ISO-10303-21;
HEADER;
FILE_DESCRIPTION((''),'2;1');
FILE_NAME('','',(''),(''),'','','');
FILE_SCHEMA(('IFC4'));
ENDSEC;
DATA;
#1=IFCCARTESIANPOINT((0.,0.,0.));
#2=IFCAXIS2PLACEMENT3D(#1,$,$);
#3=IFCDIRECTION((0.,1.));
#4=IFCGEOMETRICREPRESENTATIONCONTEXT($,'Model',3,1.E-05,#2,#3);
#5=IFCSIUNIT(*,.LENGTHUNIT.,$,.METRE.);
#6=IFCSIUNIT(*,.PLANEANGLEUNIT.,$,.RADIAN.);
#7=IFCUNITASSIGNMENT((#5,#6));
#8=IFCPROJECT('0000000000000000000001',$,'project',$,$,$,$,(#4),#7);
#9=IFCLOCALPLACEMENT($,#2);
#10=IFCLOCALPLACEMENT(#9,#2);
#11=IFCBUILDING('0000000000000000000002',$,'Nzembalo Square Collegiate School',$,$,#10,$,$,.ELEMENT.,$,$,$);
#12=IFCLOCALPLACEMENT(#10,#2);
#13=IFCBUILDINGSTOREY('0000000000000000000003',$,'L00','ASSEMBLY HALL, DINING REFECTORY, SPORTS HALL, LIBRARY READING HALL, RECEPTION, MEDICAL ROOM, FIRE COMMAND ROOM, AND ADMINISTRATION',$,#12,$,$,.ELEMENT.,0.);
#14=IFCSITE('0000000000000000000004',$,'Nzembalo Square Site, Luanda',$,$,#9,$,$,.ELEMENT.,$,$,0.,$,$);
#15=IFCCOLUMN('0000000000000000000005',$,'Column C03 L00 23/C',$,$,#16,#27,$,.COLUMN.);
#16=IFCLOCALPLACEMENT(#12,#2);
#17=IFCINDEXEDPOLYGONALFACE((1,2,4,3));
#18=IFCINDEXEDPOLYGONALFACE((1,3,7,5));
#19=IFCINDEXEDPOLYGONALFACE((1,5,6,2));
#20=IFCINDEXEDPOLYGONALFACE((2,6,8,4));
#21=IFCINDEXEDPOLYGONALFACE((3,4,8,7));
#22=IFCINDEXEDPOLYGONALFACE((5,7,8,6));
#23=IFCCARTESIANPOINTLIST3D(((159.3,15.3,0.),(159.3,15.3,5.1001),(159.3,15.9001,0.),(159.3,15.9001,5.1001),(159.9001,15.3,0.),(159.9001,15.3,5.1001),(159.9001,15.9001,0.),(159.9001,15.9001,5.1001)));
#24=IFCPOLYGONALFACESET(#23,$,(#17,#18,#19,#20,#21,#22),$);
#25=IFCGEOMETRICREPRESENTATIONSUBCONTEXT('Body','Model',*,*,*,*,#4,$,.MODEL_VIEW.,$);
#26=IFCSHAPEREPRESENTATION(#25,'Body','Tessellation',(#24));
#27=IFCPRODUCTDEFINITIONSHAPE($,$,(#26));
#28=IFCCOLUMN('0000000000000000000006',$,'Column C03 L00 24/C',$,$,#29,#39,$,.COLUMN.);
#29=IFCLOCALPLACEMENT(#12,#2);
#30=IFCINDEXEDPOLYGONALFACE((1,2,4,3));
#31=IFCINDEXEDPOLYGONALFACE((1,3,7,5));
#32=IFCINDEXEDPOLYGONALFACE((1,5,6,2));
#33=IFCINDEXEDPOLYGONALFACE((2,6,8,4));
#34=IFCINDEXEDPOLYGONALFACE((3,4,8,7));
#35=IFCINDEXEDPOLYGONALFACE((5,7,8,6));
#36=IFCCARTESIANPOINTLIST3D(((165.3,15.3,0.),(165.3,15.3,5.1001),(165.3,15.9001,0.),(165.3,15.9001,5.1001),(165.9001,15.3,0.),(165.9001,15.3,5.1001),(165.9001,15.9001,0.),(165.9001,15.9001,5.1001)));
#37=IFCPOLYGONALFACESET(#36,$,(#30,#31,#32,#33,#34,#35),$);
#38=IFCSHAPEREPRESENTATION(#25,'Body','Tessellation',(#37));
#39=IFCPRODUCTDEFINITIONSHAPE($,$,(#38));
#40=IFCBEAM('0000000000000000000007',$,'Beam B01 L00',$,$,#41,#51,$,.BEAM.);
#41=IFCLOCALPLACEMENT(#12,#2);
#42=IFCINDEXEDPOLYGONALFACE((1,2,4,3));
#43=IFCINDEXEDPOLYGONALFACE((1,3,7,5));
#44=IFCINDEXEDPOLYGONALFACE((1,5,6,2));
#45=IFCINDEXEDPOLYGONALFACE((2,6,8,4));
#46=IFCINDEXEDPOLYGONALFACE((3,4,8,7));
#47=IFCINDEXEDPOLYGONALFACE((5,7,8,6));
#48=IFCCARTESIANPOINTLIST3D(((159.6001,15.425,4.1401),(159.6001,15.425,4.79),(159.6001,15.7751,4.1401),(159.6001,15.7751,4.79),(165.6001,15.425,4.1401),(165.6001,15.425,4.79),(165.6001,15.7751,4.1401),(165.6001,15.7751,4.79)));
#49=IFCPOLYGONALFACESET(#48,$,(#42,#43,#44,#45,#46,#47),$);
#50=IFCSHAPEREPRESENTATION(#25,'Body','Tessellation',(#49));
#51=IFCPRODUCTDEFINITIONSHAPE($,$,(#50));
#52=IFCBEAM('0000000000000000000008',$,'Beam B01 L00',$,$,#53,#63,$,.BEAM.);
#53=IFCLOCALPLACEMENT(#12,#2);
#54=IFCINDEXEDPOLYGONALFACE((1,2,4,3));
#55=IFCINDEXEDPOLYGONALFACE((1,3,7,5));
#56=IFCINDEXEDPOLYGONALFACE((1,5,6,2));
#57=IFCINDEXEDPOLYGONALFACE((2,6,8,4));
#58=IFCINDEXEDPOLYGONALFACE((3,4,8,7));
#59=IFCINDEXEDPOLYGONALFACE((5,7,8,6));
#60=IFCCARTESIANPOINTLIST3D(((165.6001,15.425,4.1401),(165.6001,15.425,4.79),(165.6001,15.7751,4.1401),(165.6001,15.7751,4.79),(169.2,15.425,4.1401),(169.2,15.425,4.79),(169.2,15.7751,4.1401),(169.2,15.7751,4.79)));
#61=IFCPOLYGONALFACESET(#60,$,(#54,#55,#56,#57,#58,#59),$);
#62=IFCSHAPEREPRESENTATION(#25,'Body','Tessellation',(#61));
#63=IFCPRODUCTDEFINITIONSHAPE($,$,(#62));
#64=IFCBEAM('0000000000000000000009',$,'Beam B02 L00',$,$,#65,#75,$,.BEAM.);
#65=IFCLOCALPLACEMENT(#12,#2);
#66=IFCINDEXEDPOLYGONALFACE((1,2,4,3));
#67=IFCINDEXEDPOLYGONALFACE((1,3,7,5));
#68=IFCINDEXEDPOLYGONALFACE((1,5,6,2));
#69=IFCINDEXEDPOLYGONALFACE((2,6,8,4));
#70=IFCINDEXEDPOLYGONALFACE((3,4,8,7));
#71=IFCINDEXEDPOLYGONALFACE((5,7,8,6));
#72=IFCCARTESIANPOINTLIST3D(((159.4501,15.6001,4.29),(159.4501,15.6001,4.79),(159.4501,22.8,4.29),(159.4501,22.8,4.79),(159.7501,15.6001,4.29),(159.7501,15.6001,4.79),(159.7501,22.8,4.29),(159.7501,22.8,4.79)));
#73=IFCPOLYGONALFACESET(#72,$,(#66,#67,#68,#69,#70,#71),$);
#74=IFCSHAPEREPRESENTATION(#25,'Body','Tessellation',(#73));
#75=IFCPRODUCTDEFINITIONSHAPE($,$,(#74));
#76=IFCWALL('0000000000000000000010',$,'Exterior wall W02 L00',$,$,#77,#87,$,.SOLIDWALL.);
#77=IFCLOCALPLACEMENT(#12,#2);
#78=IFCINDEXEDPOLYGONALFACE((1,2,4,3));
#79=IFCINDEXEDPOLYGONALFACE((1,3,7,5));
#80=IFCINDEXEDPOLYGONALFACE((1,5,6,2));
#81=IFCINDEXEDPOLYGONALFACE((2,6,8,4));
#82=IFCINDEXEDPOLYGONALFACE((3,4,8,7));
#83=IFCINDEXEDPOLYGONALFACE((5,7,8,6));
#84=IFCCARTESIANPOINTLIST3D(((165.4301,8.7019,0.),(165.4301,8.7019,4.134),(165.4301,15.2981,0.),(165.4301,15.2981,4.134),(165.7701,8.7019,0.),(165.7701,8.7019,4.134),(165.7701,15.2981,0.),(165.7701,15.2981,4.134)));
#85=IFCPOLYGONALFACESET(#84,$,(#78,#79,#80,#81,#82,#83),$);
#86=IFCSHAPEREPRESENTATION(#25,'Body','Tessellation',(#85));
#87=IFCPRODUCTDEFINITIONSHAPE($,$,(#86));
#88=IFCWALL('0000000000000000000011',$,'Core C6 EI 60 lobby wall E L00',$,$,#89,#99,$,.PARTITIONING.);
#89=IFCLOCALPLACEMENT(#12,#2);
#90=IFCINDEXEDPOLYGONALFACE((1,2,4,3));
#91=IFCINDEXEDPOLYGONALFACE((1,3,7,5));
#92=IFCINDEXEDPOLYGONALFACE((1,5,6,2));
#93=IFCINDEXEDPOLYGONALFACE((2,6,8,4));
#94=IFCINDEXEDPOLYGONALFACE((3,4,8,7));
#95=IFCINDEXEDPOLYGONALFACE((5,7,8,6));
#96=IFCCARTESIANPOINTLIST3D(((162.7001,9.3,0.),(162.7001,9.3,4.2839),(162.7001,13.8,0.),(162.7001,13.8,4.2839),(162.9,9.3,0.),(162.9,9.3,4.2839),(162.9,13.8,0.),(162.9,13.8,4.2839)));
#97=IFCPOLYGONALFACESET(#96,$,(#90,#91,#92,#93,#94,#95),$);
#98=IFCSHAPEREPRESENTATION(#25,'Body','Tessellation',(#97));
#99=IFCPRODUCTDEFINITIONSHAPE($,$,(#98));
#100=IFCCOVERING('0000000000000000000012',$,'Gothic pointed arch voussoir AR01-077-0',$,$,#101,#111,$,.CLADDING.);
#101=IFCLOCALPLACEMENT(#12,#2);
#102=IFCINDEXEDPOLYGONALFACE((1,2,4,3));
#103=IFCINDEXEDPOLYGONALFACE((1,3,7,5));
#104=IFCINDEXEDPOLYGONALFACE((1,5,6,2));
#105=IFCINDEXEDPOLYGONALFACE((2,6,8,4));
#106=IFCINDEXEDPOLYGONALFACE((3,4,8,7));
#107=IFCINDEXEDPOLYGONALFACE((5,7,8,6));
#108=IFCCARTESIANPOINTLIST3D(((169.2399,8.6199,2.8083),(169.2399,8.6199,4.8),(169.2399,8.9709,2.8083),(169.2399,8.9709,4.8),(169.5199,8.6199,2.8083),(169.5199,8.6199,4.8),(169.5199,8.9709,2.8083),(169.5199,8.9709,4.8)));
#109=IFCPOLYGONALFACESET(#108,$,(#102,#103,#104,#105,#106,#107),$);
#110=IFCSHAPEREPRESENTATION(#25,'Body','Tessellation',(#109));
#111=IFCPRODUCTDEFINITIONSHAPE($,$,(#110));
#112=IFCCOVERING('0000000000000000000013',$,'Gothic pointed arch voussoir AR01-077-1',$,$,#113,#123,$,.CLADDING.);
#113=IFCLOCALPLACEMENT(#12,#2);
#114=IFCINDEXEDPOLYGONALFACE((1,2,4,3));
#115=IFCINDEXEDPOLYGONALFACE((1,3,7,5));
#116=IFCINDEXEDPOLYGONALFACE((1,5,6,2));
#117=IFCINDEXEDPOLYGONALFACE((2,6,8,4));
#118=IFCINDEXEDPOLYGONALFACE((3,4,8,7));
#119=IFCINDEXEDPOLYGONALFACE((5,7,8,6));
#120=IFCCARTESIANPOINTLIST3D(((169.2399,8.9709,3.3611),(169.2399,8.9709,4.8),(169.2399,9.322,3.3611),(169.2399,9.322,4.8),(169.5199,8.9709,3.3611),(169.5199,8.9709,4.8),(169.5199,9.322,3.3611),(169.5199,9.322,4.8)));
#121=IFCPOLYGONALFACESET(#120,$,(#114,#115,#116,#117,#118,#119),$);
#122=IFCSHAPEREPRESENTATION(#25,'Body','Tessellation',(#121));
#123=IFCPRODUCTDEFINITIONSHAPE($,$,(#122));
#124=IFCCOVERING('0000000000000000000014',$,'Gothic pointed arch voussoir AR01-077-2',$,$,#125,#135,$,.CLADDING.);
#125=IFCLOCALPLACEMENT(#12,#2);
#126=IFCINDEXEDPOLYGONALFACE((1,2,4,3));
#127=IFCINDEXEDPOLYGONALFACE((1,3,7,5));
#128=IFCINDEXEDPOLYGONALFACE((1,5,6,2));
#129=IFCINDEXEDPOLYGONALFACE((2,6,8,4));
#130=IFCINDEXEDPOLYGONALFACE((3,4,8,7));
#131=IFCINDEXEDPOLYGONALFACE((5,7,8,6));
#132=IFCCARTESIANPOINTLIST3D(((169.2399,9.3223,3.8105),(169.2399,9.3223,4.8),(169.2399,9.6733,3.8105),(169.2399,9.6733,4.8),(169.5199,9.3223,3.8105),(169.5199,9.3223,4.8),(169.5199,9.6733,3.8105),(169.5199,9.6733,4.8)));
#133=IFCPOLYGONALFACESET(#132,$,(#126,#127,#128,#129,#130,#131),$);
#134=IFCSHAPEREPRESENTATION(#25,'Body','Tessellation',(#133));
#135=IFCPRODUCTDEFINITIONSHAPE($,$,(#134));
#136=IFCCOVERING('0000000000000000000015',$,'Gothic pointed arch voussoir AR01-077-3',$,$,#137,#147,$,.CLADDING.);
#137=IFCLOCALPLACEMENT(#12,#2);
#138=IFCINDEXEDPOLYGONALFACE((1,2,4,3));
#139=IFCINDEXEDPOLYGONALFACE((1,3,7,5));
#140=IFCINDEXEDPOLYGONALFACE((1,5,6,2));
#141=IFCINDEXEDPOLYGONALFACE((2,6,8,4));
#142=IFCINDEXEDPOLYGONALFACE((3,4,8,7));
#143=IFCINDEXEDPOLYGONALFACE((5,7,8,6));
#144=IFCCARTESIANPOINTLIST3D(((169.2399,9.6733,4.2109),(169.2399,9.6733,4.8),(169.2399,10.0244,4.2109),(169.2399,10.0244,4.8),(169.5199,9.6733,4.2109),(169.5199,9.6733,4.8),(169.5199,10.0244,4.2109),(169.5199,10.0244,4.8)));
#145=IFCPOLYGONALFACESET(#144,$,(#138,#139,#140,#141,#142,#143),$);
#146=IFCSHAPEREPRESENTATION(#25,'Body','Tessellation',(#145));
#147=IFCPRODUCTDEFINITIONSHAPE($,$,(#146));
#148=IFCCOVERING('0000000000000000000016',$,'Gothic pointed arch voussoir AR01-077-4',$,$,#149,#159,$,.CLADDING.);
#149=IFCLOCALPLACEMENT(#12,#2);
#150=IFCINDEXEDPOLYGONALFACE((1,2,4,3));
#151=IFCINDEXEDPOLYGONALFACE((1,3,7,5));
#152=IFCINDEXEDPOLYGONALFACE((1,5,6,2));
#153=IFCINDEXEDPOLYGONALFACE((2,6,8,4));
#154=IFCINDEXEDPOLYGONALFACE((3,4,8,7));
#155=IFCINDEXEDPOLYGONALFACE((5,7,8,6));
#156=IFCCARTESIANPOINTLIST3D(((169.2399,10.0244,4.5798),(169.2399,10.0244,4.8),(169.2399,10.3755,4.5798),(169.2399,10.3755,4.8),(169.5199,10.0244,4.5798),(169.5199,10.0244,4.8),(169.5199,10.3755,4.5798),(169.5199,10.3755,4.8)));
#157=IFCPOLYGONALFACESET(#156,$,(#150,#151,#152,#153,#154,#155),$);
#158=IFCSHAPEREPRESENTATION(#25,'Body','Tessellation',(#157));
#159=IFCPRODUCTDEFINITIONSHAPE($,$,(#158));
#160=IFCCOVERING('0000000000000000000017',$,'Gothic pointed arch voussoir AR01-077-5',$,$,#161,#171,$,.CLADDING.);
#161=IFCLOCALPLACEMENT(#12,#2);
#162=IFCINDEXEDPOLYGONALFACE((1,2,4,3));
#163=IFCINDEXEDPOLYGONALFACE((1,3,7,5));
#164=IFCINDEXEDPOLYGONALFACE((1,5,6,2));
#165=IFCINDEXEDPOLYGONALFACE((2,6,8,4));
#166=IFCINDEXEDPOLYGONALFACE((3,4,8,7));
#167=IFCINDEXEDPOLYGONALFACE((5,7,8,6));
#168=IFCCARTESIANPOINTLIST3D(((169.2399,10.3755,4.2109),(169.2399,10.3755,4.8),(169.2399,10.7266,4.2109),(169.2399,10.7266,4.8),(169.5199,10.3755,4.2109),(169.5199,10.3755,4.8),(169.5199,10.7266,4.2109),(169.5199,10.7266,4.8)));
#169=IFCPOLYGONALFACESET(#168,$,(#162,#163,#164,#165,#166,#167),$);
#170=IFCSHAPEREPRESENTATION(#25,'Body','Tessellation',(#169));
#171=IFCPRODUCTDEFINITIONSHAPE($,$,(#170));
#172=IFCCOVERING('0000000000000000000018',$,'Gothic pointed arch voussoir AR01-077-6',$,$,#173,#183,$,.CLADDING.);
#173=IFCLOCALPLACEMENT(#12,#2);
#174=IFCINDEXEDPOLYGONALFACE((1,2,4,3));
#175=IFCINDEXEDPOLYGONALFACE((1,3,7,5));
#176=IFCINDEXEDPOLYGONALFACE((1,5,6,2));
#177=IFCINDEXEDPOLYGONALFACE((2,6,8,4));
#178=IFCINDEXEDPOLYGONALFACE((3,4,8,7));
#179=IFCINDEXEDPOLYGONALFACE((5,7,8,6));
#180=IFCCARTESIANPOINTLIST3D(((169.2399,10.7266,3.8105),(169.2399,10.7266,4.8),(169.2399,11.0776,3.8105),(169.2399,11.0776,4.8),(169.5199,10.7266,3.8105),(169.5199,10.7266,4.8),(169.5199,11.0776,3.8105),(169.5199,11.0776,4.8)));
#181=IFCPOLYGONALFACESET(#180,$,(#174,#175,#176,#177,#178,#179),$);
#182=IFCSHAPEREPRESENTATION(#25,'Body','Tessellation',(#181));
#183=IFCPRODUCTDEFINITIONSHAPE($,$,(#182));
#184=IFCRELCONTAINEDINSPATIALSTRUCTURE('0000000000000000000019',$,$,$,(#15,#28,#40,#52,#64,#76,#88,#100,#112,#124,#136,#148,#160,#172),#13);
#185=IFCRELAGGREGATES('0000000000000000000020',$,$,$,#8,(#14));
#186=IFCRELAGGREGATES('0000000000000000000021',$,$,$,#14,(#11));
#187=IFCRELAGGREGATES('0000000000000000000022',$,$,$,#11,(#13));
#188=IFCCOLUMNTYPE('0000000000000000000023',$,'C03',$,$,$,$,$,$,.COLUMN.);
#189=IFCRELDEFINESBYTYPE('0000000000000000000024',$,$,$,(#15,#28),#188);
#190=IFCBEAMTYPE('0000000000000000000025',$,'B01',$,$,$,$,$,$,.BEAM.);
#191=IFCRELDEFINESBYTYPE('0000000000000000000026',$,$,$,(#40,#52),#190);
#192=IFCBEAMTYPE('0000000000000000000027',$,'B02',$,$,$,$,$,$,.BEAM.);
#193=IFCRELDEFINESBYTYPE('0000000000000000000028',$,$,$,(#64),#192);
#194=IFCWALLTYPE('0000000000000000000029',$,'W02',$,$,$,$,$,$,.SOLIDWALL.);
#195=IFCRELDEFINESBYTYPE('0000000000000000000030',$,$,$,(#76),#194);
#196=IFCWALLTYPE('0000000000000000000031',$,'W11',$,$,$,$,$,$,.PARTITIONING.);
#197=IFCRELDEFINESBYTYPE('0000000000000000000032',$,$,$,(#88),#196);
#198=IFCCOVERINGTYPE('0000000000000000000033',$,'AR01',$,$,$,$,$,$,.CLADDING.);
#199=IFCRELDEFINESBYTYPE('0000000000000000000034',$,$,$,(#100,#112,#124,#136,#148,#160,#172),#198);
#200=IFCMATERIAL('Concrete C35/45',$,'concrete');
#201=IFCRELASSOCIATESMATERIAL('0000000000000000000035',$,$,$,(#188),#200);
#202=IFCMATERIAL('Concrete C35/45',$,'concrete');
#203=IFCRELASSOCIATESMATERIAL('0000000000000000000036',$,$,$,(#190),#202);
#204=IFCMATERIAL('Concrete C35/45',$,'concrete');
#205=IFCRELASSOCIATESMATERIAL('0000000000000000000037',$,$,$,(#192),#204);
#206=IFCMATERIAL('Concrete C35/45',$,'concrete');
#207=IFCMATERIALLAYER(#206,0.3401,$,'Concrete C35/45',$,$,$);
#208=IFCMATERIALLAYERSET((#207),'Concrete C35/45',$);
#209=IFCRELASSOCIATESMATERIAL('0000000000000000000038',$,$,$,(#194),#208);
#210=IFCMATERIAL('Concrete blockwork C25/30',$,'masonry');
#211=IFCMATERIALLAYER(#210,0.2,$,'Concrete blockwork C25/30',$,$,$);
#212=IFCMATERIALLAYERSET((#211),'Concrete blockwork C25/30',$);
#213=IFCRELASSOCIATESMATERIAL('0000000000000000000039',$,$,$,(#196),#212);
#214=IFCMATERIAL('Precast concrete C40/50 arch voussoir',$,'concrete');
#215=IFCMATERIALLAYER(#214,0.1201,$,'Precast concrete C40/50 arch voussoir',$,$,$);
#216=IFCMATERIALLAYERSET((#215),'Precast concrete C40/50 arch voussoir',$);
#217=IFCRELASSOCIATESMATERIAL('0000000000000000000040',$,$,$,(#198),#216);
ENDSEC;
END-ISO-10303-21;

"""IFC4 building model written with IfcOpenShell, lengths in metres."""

from ifc_helpers import new_model, si_unit, direction, frame, frame_2d, origin, origin_2d, place, context, subcontext, project, spatial, rectangle, extrude, material, layer, layer_set, material_profile, profile_set, type_object, element, save


model = new_model("IFC4")

# Units and contexts
model_context = context("Model", 3, precision=1e-05, world=origin(), true_north=direction((0.0, 1.0)))
body_context = subcontext(model_context, "Body", "Model", "MODEL_VIEW")
ifc_project = project(units=[si_unit("LENGTHUNIT", "METRE"), si_unit("PLANEANGLEUNIT", "RADIAN")], contexts=[model_context])

# Site, building, storey
site_placement = place(None, origin())
site = spatial("IfcSite", under=ifc_project, at=site_placement, Name="Nzembalo Square Site, Luanda", CompositionType="ELEMENT", RefElevation=0.0)
building_placement = place(site_placement, origin())
building = spatial("IfcBuilding", under=site, at=building_placement, Name="Nzembalo Square Collegiate School", CompositionType="ELEMENT")
storey_placement = place(building_placement, origin())
storey = spatial("IfcBuildingStorey", under=building, at=storey_placement, Name="L00", Description="ASSEMBLY HALL, DINING REFECTORY, SPORTS HALL, LIBRARY READING HALL, RECEPTION, MEDICAL ROOM, FIRE COMMAND ROOM, AND ADMINISTRATION", CompositionType="ELEMENT", Elevation=0.0)

# Columns
ifc_material_1 = material(Name="Concrete C35/45", Category="concrete")
ifc_material_profile_1 = material_profile(ifc_material_1, rectangle(XDim=0.6001, YDim=0.6001, at=origin_2d()), Name="RC 600x600")
ifc_profile_set_1 = profile_set([ifc_material_profile_1], Name="Concrete C35/45")
column_type = type_object("IfcColumnType", Name="C03", PredefinedType="COLUMN", material=ifc_profile_set_1)
for number, where, z_axis, x_axis, name in (
    (1, (159.6001, 15.6001, 0.0), (0.0, 0.0, 1.0), (1.0, 0.0, 0.0), "Column C03 L00 23/C"),
    (2, (165.6001, 15.6001, 0.0), (0.0, 0.0, 1.0), (1.0, 0.0, 0.0), "Column C03 L00 24/C"),
):
    element("IfcColumn", number, at=place(storey_placement, frame(where, z_axis=z_axis, x_axis=x_axis)), inside=storey, type_object=column_type, Name=name, PredefinedType="COLUMN", context=body_context, shape_type="SweptSolid", body=[
        extrude(rectangle(XDim=0.6001, YDim=0.6001, at=origin_2d()), origin(), (0.0, 0.0, 1.0), 5.1001),
    ])

# Beams
ifc_material_2 = material(Name="Concrete C35/45", Category="concrete")
ifc_material_profile_2 = material_profile(ifc_material_2, rectangle(XDim=0.3501, YDim=0.6499, at=origin_2d()), Name="RC 350x650")
ifc_profile_set_2 = profile_set([ifc_material_profile_2], Name="Concrete C35/45")
beam_type_1 = type_object("IfcBeamType", Name="B01", PredefinedType="BEAM", material=ifc_profile_set_2)
beam_1_placement = place(storey_placement, frame((159.6001, 15.6001, 4.4651), z_axis=(1.0, 0.0, 0.0), x_axis=(0.0, 1.0, 0.0)))
element("IfcBeam", 3, at=beam_1_placement, inside=storey, type_object=beam_type_1, Name="Beam B01 L00", PredefinedType="BEAM", context=body_context, shape_type="SweptSolid", body=[
    extrude(rectangle(XDim=0.3501, YDim=0.6499, at=origin_2d()), origin(), (0.0, 0.0, 1.0), 6.0),
])
beam_2_placement = place(storey_placement, frame((165.6001, 15.6001, 4.4651), z_axis=(1.0, 0.0, 0.0), x_axis=(0.0, 1.0, 0.0)))
element("IfcBeam", 4, at=beam_2_placement, inside=storey, type_object=beam_type_1, Name="Beam B01 L00", PredefinedType="BEAM", context=body_context, shape_type="SweptSolid", body=[
    extrude(rectangle(XDim=0.3501, YDim=0.6499, at=origin_2d()), origin(), (0.0, 0.0, 1.0), 3.5999),
])
ifc_material_3 = material(Name="Concrete C35/45", Category="concrete")
ifc_material_profile_3 = material_profile(ifc_material_3, rectangle(XDim=0.3, YDim=0.5, at=origin_2d()), Name="RC 300x500")
ifc_profile_set_3 = profile_set([ifc_material_profile_3], Name="Concrete C35/45")
beam_type_2 = type_object("IfcBeamType", Name="B02", PredefinedType="BEAM", material=ifc_profile_set_3)
beam_3_placement = place(storey_placement, frame((159.6001, 15.6001, 4.54), z_axis=(0.0, 1.0, 0.0), x_axis=(-1.0, 0.0, 0.0)))
element("IfcBeam", 5, at=beam_3_placement, inside=storey, type_object=beam_type_2, Name="Beam B02 L00", PredefinedType="BEAM", context=body_context, shape_type="SweptSolid", body=[
    extrude(rectangle(XDim=0.3, YDim=0.5, at=origin_2d()), origin(), (0.0, 0.0, 1.0), 7.2),
])

# Walls
ifc_material_4 = material(Name="Concrete C35/45", Category="concrete")
ifc_layer_1 = layer(ifc_material_4, 0.3401, Name="Concrete C35/45")
ifc_layer_set_1 = layer_set([ifc_layer_1], Name="Concrete C35/45")
wall_type_1 = type_object("IfcWallType", Name="W02", PredefinedType="SOLIDWALL", material=ifc_layer_set_1)
wall_1_placement = place(storey_placement, frame((165.6001, 8.7019, 0.0), z_axis=(0.0, 0.0, 1.0), x_axis=(0.0, 1.0, 0.0)))
element("IfcWall", 6, at=wall_1_placement, inside=storey, type_object=wall_type_1, Name="Exterior wall W02 L00", PredefinedType="SOLIDWALL", context=body_context, shape_type="SweptSolid", body=[
    extrude(rectangle(XDim=6.5962, YDim=0.3401, at=frame_2d((3.2981, 0.0))), origin(), (0.0, 0.0, 1.0), 4.134),
])
ifc_material_5 = material(Name="Concrete blockwork C25/30", Category="masonry")
ifc_layer_2 = layer(ifc_material_5, 0.2, Name="Concrete blockwork C25/30")
ifc_layer_set_2 = layer_set([ifc_layer_2], Name="Concrete blockwork C25/30")
wall_type_2 = type_object("IfcWallType", Name="W11", PredefinedType="PARTITIONING", material=ifc_layer_set_2)
wall_2_placement = place(storey_placement, frame((162.8, 9.3, 0.0), z_axis=(0.0, 0.0, 1.0), x_axis=(0.0, 1.0, 0.0)))
element("IfcWall", 7, at=wall_2_placement, inside=storey, type_object=wall_type_2, Name="Core C6 EI 60 lobby wall E L00", PredefinedType="PARTITIONING", context=body_context, shape_type="SweptSolid", body=[
    extrude(rectangle(XDim=4.5, YDim=0.2, at=frame_2d((2.25, 0.0))), origin(), (0.0, 0.0, 1.0), 4.2839),
])

# Coverings
ifc_material_6 = material(Name="Precast concrete C40/50 arch voussoir", Category="concrete")
ifc_layer_3 = layer(ifc_material_6, 0.1201, Name="Precast concrete C40/50 arch voussoir")
ifc_layer_set_3 = layer_set([ifc_layer_3], Name="Precast concrete C40/50 arch voussoir")
covering_type = type_object("IfcCoveringType", Name="AR01", PredefinedType="CLADDING", material=ifc_layer_set_3)
covering_1_placement = place(storey_placement, frame((169.3799, 8.7954, 2.8083), z_axis=(0.0, 0.0, 1.0), x_axis=(1.0, 0.0, 0.0)))
element("IfcCovering", 8, at=covering_1_placement, inside=storey, type_object=covering_type, Name="Gothic pointed arch voussoir AR01-077-0", PredefinedType="CLADDING", context=body_context, shape_type="SweptSolid", body=[
    extrude(rectangle(XDim=0.28, YDim=0.3511, at=origin_2d()), origin(), (0.0, 0.0, 1.0), 1.9917),
])
covering_2_placement = place(storey_placement, frame((169.3799, 9.1465, 3.3611), z_axis=(0.0, 0.0, 1.0), x_axis=(1.0, 0.0, 0.0)))
element("IfcCovering", 9, at=covering_2_placement, inside=storey, type_object=covering_type, Name="Gothic pointed arch voussoir AR01-077-1", PredefinedType="CLADDING", context=body_context, shape_type="SweptSolid", body=[
    extrude(rectangle(XDim=0.28, YDim=0.3511, at=origin_2d()), origin(), (0.0, 0.0, 1.0), 1.439),
])
covering_3_placement = place(storey_placement, frame((169.3799, 9.4978, 3.8105), z_axis=(0.0, 0.0, 1.0), x_axis=(1.0, 0.0, 0.0)))
element("IfcCovering", 10, at=covering_3_placement, inside=storey, type_object=covering_type, Name="Gothic pointed arch voussoir AR01-077-2", PredefinedType="CLADDING", context=body_context, shape_type="SweptSolid", body=[
    extrude(rectangle(XDim=0.28, YDim=0.3511, at=origin_2d()), origin(), (0.0, 0.0, 1.0), 0.9895),
])
covering_4_placement = place(storey_placement, frame((169.3799, 9.8489, 4.2109), z_axis=(0.0, 0.0, 1.0), x_axis=(1.0, 0.0, 0.0)))
element("IfcCovering", 11, at=covering_4_placement, inside=storey, type_object=covering_type, Name="Gothic pointed arch voussoir AR01-077-3", PredefinedType="CLADDING", context=body_context, shape_type="SweptSolid", body=[
    extrude(rectangle(XDim=0.28, YDim=0.3511, at=origin_2d()), origin(), (0.0, 0.0, 1.0), 0.5891),
])
covering_5_placement = place(storey_placement, frame((169.3799, 10.2, 4.5798), z_axis=(0.0, 0.0, 1.0), x_axis=(1.0, 0.0, 0.0)))
element("IfcCovering", 12, at=covering_5_placement, inside=storey, type_object=covering_type, Name="Gothic pointed arch voussoir AR01-077-4", PredefinedType="CLADDING", context=body_context, shape_type="SweptSolid", body=[
    extrude(rectangle(XDim=0.28, YDim=0.3511, at=origin_2d()), origin(), (0.0, 0.0, 1.0), 0.2202),
])
covering_6_placement = place(storey_placement, frame((169.3799, 10.551, 4.2109), z_axis=(0.0, 0.0, 1.0), x_axis=(1.0, 0.0, 0.0)))
element("IfcCovering", 13, at=covering_6_placement, inside=storey, type_object=covering_type, Name="Gothic pointed arch voussoir AR01-077-5", PredefinedType="CLADDING", context=body_context, shape_type="SweptSolid", body=[
    extrude(rectangle(XDim=0.28, YDim=0.3511, at=origin_2d()), origin(), (0.0, 0.0, 1.0), 0.5891),
])
covering_7_placement = place(storey_placement, frame((169.3799, 10.9021, 3.8105), z_axis=(0.0, 0.0, 1.0), x_axis=(1.0, 0.0, 0.0)))
element("IfcCovering", 14, at=covering_7_placement, inside=storey, type_object=covering_type, Name="Gothic pointed arch voussoir AR01-077-6", PredefinedType="CLADDING", context=body_context, shape_type="SweptSolid", body=[
    extrude(rectangle(XDim=0.28, YDim=0.3511, at=origin_2d()), origin(), (0.0, 0.0, 1.0), 0.9895),
])

save(model, "model.ifc")
